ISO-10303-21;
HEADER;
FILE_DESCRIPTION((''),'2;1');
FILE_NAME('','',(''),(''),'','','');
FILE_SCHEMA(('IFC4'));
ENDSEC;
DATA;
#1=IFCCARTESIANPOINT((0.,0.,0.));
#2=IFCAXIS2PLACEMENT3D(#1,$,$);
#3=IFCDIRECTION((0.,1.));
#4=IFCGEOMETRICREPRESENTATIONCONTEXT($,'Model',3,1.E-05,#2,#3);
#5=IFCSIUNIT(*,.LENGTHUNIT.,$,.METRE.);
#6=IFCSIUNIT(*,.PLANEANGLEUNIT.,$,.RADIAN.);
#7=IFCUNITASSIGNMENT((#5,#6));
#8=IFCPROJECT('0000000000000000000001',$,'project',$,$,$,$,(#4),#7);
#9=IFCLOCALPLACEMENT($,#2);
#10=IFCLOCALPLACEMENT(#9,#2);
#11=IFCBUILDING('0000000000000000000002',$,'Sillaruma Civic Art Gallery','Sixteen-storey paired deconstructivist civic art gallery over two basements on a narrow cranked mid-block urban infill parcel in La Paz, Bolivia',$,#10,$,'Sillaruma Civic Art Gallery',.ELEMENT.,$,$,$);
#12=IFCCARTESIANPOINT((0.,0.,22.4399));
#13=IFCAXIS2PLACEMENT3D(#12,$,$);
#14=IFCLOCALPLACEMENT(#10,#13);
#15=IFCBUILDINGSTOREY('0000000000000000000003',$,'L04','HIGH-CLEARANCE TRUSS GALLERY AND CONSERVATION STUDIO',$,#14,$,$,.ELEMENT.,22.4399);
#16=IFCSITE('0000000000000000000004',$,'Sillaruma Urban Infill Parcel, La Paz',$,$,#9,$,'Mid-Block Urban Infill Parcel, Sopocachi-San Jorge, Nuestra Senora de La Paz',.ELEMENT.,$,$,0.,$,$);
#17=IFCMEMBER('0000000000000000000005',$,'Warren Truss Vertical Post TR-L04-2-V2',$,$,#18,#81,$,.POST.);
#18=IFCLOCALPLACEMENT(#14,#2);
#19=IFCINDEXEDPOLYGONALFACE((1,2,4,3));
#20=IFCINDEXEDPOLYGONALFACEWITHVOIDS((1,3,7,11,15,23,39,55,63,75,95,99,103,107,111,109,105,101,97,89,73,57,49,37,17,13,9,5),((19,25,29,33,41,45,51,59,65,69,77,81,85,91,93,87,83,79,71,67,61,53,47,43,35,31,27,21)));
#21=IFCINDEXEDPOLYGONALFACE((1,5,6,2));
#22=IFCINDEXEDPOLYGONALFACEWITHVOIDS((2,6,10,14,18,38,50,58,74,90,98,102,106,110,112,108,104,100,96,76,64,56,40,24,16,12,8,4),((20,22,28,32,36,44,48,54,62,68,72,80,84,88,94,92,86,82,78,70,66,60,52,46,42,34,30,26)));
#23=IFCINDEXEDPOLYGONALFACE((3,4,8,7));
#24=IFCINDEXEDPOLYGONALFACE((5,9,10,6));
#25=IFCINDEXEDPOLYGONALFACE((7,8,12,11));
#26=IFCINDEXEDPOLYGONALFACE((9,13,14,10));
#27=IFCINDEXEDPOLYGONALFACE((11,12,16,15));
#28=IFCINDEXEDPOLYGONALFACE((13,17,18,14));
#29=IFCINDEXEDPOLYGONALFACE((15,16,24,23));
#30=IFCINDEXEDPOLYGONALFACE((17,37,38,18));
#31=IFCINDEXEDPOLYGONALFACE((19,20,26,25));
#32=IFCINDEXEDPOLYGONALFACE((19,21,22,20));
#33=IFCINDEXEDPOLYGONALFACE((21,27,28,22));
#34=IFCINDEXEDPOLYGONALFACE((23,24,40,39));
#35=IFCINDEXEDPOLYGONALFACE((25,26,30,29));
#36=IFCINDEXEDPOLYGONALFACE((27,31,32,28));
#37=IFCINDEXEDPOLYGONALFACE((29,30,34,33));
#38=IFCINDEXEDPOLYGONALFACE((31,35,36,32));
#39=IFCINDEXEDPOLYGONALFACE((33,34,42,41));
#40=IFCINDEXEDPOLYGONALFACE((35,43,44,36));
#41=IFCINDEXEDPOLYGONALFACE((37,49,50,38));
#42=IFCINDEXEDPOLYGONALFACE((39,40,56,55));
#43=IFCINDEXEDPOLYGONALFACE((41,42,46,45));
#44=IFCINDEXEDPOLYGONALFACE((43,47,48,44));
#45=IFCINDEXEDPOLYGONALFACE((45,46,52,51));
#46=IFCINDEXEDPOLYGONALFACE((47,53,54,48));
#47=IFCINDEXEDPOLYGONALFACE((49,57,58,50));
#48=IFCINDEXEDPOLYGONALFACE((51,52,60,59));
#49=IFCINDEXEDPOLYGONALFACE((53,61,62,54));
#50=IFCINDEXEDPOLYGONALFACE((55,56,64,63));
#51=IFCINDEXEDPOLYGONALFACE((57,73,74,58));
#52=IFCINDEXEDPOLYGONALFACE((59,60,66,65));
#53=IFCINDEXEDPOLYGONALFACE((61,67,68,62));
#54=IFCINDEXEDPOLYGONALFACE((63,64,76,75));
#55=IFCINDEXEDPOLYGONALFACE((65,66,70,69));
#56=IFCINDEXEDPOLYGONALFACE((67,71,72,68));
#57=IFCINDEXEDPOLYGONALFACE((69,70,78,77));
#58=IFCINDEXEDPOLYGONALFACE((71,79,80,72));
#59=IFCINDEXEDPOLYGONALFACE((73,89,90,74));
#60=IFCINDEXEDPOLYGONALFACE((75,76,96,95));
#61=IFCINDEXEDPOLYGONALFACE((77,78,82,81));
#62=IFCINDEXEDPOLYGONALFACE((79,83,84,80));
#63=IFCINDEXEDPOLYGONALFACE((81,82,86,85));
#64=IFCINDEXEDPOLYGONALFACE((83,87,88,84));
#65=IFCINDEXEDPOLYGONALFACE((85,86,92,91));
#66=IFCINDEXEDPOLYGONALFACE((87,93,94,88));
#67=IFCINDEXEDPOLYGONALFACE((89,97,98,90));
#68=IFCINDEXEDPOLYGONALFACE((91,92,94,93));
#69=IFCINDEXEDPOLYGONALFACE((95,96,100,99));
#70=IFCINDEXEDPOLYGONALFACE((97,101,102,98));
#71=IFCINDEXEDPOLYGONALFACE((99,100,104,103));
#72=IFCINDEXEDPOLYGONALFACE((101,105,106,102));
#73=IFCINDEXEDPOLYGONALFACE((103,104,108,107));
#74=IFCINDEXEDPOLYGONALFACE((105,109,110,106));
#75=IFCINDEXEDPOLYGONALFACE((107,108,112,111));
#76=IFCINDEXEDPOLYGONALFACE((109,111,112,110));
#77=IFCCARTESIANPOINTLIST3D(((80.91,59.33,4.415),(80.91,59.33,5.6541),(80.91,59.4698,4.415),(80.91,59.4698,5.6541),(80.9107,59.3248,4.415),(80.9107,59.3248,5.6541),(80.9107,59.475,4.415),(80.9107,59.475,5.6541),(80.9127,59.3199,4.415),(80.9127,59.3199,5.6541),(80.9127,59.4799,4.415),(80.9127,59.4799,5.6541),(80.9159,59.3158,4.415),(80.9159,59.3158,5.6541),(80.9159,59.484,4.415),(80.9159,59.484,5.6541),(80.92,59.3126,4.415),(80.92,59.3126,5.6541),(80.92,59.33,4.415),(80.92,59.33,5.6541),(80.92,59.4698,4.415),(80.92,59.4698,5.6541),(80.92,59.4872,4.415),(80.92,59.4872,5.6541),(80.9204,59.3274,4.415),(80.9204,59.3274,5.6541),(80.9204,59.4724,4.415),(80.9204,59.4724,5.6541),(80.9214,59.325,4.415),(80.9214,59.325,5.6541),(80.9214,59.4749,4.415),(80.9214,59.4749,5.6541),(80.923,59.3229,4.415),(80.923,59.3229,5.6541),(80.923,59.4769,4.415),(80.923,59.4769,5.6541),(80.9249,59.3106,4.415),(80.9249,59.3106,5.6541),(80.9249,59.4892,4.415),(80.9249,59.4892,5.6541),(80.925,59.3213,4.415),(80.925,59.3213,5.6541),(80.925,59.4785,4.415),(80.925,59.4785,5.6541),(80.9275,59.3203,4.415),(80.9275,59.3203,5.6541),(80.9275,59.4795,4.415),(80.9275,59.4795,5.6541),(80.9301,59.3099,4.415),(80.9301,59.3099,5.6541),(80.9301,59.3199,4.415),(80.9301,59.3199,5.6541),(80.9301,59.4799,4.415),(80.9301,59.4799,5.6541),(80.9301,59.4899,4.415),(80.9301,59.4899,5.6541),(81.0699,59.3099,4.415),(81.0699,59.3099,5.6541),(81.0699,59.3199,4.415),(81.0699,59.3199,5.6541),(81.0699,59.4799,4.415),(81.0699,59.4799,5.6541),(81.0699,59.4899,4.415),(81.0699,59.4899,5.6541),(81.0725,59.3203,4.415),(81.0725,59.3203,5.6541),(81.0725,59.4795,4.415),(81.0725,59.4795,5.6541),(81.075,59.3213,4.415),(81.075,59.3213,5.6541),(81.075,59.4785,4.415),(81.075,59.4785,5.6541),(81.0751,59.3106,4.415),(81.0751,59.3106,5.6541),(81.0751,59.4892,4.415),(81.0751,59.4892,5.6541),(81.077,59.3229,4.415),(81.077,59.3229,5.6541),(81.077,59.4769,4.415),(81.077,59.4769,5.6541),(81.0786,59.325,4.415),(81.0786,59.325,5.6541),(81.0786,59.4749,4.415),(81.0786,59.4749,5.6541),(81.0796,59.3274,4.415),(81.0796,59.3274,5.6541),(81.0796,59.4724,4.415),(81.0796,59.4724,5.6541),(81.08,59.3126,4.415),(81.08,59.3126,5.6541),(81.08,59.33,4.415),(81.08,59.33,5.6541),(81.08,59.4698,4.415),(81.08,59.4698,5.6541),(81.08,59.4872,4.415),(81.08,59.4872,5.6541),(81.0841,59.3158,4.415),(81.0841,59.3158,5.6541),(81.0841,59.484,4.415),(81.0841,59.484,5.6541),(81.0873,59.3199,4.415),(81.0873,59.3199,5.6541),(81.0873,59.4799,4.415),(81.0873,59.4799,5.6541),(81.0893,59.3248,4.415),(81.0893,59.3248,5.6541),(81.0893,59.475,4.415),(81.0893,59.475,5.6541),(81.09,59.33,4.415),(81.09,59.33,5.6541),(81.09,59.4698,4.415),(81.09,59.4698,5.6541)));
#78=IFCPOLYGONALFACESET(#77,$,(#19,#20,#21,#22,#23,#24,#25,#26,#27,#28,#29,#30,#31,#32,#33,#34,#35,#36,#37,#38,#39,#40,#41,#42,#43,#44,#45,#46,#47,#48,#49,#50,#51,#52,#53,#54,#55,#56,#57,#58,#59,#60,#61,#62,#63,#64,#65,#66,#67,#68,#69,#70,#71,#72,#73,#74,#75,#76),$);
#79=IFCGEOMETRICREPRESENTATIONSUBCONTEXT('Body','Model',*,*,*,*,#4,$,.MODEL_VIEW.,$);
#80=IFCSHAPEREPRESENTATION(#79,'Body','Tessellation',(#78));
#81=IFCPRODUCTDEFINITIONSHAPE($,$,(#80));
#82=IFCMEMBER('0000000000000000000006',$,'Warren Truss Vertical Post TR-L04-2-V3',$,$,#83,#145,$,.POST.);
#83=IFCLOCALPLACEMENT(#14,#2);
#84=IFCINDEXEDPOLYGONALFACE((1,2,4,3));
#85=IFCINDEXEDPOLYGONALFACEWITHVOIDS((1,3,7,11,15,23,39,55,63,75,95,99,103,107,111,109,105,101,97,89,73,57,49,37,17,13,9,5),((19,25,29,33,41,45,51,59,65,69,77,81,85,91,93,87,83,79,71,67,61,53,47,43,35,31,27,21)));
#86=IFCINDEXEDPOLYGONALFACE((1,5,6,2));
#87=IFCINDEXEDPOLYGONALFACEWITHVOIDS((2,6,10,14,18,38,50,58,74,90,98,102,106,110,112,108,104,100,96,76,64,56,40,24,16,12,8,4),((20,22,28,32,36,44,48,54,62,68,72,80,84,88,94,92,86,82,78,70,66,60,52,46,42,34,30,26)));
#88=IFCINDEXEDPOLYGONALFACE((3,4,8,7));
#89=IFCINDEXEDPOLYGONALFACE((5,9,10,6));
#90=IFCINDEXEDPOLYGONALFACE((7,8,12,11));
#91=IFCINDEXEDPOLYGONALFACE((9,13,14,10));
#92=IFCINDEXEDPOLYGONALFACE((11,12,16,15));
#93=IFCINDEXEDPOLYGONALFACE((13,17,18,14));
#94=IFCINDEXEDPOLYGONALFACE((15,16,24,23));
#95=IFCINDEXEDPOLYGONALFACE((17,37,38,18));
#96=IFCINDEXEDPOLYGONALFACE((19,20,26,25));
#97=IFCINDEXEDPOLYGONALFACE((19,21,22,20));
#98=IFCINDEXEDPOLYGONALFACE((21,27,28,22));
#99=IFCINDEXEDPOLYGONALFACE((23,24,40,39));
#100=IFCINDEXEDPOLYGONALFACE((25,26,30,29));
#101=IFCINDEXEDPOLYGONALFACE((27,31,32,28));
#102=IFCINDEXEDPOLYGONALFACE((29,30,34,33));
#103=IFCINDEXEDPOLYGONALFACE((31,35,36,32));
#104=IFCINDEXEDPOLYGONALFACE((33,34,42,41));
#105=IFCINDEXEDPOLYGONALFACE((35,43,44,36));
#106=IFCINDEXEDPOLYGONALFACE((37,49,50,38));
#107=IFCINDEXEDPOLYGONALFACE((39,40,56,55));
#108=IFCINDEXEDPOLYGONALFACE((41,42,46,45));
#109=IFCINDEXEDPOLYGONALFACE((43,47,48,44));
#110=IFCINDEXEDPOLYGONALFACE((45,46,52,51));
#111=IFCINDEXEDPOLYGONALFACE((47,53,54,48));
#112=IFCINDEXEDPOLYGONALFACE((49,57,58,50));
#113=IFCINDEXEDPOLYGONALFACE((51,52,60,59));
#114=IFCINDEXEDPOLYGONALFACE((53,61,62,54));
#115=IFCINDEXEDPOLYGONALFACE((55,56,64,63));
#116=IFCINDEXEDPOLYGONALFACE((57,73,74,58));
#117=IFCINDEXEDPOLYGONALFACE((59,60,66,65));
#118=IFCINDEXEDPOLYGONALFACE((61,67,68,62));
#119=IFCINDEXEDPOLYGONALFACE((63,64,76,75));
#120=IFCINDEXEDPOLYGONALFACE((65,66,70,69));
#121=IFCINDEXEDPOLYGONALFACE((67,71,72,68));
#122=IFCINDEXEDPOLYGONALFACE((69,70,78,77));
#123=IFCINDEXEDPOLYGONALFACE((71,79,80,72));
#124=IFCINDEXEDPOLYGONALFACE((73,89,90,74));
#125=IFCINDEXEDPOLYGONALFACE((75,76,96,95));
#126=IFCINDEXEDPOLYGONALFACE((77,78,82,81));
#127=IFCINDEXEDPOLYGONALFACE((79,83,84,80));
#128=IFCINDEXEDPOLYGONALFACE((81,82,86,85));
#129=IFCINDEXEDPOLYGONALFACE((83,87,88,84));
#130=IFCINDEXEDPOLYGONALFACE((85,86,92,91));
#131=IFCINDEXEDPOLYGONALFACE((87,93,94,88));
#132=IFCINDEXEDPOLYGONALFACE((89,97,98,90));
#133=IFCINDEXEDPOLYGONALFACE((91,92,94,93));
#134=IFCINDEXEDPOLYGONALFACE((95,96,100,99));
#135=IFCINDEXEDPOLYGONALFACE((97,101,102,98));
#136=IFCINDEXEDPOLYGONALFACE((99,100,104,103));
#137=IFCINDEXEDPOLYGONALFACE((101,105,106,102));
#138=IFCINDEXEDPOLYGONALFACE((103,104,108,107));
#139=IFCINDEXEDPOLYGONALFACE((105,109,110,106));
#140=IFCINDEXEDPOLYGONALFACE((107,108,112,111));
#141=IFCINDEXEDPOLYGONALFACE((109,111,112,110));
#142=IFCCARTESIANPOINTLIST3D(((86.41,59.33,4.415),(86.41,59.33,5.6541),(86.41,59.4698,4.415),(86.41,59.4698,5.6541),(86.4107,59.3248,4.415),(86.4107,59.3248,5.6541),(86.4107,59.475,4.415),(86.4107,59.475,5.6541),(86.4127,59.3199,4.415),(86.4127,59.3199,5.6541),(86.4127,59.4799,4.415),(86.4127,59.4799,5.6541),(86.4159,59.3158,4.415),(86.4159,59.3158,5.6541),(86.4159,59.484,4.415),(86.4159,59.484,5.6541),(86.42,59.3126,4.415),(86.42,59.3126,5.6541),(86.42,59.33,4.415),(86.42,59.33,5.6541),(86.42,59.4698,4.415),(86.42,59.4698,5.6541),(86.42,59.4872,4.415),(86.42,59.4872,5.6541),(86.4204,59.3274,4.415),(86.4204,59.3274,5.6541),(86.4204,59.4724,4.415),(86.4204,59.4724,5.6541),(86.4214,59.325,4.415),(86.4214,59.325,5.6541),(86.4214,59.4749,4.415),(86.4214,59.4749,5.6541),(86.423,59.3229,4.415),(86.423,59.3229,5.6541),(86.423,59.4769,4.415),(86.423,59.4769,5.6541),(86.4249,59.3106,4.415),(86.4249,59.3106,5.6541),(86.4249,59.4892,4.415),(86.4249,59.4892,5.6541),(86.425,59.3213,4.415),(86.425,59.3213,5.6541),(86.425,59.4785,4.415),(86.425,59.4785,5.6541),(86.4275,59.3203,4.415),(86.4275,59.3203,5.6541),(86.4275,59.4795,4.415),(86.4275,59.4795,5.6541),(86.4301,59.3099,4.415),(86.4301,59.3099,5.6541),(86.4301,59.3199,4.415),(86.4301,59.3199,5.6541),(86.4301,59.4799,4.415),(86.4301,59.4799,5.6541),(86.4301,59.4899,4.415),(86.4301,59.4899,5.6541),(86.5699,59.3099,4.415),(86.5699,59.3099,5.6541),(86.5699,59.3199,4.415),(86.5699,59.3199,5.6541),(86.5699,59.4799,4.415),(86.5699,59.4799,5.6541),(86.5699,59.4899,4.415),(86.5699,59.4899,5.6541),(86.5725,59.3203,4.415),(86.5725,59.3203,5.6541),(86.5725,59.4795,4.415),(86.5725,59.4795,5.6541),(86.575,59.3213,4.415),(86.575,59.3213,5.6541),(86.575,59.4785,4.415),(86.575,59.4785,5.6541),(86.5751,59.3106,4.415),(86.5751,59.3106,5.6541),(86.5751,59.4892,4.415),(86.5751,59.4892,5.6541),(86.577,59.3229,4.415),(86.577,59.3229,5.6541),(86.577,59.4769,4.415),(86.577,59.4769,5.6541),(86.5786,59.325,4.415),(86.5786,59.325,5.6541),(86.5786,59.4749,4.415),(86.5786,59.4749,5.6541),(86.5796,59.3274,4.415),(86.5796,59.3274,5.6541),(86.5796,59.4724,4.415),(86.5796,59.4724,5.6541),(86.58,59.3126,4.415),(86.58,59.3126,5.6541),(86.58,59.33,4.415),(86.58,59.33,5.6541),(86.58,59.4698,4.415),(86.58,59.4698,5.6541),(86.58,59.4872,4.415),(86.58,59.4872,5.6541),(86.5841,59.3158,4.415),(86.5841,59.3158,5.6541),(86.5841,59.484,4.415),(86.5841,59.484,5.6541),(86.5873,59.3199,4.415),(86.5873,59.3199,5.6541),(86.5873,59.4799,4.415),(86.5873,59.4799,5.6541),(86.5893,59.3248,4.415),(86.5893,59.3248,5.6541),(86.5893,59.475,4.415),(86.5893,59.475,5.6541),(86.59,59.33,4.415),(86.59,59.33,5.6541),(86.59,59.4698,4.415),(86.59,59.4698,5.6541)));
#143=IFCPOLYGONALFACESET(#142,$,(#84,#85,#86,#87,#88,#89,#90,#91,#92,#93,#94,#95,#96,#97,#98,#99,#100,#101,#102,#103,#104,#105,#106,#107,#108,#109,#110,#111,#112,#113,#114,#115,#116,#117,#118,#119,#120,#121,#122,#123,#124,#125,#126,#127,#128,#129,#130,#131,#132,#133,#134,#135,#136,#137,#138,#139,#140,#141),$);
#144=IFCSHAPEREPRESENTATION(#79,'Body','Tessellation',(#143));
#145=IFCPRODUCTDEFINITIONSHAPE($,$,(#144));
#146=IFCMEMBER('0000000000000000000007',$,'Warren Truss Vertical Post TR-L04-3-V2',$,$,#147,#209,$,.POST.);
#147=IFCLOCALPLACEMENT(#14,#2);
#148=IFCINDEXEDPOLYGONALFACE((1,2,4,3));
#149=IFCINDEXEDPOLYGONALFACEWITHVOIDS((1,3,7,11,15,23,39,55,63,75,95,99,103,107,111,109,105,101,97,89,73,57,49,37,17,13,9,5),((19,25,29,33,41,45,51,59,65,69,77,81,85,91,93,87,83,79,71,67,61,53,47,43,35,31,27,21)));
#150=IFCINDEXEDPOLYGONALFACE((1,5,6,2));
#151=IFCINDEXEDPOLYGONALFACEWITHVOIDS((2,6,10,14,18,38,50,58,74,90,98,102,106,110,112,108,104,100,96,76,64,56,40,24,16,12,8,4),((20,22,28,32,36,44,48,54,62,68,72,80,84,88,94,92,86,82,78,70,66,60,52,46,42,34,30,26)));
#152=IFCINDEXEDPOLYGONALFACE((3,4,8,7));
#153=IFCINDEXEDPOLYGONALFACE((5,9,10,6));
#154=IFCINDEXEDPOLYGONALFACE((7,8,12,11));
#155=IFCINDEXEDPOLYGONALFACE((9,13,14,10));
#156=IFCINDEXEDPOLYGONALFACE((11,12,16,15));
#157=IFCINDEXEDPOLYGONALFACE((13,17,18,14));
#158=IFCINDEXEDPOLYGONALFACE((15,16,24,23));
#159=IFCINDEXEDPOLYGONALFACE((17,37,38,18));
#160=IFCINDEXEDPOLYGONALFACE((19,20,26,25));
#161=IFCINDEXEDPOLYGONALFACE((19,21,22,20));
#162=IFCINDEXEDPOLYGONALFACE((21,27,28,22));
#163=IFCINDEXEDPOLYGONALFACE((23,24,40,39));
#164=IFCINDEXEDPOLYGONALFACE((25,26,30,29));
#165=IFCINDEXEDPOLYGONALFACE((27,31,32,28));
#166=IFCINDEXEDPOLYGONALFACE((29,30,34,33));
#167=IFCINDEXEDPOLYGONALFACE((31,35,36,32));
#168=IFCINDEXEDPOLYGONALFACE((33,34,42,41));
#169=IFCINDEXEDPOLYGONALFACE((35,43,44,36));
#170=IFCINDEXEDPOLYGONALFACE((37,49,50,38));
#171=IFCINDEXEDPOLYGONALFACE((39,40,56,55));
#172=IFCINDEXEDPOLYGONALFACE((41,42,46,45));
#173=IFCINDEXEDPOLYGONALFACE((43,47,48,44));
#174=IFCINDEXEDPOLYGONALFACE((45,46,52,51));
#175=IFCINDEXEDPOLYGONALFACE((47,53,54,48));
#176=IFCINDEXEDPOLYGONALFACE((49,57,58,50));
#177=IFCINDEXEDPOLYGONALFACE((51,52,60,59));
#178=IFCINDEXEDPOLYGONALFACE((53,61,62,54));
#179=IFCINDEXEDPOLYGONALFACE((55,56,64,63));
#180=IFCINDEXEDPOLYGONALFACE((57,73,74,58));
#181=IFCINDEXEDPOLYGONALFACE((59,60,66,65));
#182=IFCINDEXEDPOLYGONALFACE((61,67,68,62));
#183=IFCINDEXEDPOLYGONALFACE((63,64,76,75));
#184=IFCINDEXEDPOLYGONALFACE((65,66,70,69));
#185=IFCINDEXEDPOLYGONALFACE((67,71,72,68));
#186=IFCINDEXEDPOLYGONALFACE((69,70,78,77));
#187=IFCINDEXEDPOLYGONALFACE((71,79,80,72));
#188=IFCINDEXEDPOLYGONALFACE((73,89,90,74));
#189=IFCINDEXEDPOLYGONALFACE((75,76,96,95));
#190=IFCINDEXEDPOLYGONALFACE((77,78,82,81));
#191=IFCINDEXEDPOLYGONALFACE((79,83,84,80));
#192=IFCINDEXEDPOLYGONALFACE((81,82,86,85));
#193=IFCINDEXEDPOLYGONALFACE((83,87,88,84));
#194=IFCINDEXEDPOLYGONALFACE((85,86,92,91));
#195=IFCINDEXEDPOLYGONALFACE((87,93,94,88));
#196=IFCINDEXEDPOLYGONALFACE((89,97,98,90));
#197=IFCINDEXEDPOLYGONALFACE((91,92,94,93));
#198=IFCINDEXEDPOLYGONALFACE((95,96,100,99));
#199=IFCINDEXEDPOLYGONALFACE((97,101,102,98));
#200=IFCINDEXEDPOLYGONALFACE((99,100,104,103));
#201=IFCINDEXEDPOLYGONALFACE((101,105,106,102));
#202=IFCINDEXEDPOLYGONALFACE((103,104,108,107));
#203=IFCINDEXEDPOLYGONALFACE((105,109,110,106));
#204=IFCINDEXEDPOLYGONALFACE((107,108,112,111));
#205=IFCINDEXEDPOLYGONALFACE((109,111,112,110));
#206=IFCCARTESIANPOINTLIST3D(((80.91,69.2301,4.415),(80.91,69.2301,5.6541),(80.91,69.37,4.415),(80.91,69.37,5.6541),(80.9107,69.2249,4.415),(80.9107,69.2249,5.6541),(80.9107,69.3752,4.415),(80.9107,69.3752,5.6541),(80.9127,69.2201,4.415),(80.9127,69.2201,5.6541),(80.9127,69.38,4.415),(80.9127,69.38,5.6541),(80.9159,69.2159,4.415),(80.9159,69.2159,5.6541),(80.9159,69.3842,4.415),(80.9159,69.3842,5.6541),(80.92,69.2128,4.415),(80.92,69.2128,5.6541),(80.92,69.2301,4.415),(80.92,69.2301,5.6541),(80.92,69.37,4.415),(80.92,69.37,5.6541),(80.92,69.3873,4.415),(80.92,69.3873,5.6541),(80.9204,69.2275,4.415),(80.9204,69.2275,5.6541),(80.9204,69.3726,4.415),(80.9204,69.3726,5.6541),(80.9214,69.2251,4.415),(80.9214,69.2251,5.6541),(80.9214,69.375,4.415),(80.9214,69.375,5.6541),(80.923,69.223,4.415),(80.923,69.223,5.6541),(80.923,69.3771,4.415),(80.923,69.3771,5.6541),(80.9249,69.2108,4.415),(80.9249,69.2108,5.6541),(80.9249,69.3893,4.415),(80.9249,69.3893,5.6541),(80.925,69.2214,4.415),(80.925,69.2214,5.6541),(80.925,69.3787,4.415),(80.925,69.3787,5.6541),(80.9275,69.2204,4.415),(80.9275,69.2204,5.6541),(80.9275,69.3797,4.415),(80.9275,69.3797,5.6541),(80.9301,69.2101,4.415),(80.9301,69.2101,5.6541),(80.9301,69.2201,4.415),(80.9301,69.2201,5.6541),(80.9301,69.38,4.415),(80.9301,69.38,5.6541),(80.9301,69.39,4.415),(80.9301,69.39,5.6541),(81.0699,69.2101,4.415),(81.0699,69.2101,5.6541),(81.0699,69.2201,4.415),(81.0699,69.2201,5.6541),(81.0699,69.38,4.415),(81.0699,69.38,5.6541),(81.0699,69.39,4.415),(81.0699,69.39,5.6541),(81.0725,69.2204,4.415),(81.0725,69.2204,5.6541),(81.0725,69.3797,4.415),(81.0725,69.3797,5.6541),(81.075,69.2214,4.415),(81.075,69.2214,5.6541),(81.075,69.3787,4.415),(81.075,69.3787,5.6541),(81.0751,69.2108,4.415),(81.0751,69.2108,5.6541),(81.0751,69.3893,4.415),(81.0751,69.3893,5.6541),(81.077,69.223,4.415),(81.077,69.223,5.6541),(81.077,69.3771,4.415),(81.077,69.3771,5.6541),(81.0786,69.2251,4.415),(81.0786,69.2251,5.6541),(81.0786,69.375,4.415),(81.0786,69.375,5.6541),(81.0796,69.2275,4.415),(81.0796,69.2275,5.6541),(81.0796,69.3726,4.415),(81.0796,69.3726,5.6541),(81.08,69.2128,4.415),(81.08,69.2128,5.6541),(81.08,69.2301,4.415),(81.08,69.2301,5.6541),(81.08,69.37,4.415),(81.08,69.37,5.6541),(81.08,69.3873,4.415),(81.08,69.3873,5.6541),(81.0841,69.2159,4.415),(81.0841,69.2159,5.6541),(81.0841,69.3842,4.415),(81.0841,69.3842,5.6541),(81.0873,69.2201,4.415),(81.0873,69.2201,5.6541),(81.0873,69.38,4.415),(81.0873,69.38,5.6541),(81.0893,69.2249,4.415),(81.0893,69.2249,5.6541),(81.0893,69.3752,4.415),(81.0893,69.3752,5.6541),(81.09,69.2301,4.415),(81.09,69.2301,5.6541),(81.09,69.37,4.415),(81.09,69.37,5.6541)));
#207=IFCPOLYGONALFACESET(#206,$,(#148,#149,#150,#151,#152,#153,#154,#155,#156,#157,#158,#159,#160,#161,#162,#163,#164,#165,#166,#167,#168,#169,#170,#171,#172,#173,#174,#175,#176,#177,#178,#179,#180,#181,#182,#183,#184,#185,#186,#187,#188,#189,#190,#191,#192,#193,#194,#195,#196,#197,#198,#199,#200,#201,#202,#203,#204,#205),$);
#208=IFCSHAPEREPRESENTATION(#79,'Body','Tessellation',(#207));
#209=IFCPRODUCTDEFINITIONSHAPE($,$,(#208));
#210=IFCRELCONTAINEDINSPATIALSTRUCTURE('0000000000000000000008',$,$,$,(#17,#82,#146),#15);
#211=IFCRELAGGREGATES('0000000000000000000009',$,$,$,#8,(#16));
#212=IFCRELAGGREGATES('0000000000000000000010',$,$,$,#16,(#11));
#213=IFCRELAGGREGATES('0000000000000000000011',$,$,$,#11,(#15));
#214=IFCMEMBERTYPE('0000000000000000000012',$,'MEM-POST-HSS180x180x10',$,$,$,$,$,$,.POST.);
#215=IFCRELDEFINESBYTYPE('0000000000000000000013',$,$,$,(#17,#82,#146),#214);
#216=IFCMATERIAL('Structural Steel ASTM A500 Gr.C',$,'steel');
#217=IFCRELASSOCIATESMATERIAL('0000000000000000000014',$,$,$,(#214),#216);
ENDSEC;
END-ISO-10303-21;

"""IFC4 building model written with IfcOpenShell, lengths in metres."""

from ifc_helpers import new_model, si_unit, direction, frame, origin, origin_2d, place, context, subcontext, project, spatial, hollow_rectangle, extrude, material, material_profile, profile_set, type_object, element, save


model = new_model("IFC4")

# Units and contexts
model_context = context("Model", 3, precision=1e-05, world=origin(), true_north=direction((0.0, 1.0)))
body_context = subcontext(model_context, "Body", "Model", "MODEL_VIEW")
ifc_project = project(units=[si_unit("LENGTHUNIT", "METRE"), si_unit("PLANEANGLEUNIT", "RADIAN")], contexts=[model_context])

# Site, building, storey
site_placement = place(None, origin())
site = spatial("IfcSite", under=ifc_project, at=site_placement, Name="Sillaruma Urban Infill Parcel, La Paz", LongName="Mid-Block Urban Infill Parcel, Sopocachi-San Jorge, Nuestra Senora de La Paz", CompositionType="ELEMENT", RefElevation=0.0)
building_placement = place(site_placement, origin())
building = spatial("IfcBuilding", under=site, at=building_placement, Name="Sillaruma Civic Art Gallery", Description="Sixteen-storey paired deconstructivist civic art gallery over two basements on a narrow cranked mid-block urban infill parcel in La Paz, Bolivia", LongName="Sillaruma Civic Art Gallery", CompositionType="ELEMENT")
storey_placement = place(building_placement, frame((0.0, 0.0, 22.4399)))
storey = spatial("IfcBuildingStorey", under=building, at=storey_placement, Name="L04", Description="HIGH-CLEARANCE TRUSS GALLERY AND CONSERVATION STUDIO", CompositionType="ELEMENT", Elevation=22.4399)

# Shared definitions
ifc_material_1 = material(Name="Structural Steel ASTM A500 Gr.C", Category="steel")

# Members
ifc_material_profile_1 = material_profile(ifc_material_1, hollow_rectangle(XDim=0.1799, YDim=0.1799, WallThickness=0.01, InnerFilletRadius=0.01, OuterFilletRadius=0.02, at=origin_2d()), Name="HSS180x180x10")
ifc_profile_set_1 = profile_set([ifc_material_profile_1], Name="Structural Steel ASTM A500 Gr.C")
member_type_1 = type_object("IfcMemberType", Name="MEM-POST-HSS180x180x10", PredefinedType="POST", material=ifc_profile_set_1)
for number, where, z_axis, x_axis, name in (
    (1, (81.0, 59.3999, 4.415), (0.0, 0.0, 1.0), (1.0, 0.0, 0.0), "Warren Truss Vertical Post TR-L04-2-V2"),
    (2, (86.5, 59.3999, 4.415), (0.0, 0.0, 1.0), (1.0, 0.0, 0.0), "Warren Truss Vertical Post TR-L04-2-V3"),
    (3, (81.0, 69.3, 4.415), (0.0, 0.0, 1.0), (1.0, 0.0, 0.0), "Warren Truss Vertical Post TR-L04-3-V2"),
):
    element("IfcMember", number, at=place(storey_placement, frame(where, z_axis=z_axis, x_axis=x_axis)), inside=storey, type_object=member_type_1, Name=name, PredefinedType="POST", context=body_context, shape_type="SweptSolid", body=[
        extrude(hollow_rectangle(XDim=0.1799, YDim=0.1799, WallThickness=0.01, InnerFilletRadius=0.01, OuterFilletRadius=0.02, at=origin_2d()), origin(), (0.0, 0.0, 1.0), 1.239),
    ])

save(model, "model.ifc")
